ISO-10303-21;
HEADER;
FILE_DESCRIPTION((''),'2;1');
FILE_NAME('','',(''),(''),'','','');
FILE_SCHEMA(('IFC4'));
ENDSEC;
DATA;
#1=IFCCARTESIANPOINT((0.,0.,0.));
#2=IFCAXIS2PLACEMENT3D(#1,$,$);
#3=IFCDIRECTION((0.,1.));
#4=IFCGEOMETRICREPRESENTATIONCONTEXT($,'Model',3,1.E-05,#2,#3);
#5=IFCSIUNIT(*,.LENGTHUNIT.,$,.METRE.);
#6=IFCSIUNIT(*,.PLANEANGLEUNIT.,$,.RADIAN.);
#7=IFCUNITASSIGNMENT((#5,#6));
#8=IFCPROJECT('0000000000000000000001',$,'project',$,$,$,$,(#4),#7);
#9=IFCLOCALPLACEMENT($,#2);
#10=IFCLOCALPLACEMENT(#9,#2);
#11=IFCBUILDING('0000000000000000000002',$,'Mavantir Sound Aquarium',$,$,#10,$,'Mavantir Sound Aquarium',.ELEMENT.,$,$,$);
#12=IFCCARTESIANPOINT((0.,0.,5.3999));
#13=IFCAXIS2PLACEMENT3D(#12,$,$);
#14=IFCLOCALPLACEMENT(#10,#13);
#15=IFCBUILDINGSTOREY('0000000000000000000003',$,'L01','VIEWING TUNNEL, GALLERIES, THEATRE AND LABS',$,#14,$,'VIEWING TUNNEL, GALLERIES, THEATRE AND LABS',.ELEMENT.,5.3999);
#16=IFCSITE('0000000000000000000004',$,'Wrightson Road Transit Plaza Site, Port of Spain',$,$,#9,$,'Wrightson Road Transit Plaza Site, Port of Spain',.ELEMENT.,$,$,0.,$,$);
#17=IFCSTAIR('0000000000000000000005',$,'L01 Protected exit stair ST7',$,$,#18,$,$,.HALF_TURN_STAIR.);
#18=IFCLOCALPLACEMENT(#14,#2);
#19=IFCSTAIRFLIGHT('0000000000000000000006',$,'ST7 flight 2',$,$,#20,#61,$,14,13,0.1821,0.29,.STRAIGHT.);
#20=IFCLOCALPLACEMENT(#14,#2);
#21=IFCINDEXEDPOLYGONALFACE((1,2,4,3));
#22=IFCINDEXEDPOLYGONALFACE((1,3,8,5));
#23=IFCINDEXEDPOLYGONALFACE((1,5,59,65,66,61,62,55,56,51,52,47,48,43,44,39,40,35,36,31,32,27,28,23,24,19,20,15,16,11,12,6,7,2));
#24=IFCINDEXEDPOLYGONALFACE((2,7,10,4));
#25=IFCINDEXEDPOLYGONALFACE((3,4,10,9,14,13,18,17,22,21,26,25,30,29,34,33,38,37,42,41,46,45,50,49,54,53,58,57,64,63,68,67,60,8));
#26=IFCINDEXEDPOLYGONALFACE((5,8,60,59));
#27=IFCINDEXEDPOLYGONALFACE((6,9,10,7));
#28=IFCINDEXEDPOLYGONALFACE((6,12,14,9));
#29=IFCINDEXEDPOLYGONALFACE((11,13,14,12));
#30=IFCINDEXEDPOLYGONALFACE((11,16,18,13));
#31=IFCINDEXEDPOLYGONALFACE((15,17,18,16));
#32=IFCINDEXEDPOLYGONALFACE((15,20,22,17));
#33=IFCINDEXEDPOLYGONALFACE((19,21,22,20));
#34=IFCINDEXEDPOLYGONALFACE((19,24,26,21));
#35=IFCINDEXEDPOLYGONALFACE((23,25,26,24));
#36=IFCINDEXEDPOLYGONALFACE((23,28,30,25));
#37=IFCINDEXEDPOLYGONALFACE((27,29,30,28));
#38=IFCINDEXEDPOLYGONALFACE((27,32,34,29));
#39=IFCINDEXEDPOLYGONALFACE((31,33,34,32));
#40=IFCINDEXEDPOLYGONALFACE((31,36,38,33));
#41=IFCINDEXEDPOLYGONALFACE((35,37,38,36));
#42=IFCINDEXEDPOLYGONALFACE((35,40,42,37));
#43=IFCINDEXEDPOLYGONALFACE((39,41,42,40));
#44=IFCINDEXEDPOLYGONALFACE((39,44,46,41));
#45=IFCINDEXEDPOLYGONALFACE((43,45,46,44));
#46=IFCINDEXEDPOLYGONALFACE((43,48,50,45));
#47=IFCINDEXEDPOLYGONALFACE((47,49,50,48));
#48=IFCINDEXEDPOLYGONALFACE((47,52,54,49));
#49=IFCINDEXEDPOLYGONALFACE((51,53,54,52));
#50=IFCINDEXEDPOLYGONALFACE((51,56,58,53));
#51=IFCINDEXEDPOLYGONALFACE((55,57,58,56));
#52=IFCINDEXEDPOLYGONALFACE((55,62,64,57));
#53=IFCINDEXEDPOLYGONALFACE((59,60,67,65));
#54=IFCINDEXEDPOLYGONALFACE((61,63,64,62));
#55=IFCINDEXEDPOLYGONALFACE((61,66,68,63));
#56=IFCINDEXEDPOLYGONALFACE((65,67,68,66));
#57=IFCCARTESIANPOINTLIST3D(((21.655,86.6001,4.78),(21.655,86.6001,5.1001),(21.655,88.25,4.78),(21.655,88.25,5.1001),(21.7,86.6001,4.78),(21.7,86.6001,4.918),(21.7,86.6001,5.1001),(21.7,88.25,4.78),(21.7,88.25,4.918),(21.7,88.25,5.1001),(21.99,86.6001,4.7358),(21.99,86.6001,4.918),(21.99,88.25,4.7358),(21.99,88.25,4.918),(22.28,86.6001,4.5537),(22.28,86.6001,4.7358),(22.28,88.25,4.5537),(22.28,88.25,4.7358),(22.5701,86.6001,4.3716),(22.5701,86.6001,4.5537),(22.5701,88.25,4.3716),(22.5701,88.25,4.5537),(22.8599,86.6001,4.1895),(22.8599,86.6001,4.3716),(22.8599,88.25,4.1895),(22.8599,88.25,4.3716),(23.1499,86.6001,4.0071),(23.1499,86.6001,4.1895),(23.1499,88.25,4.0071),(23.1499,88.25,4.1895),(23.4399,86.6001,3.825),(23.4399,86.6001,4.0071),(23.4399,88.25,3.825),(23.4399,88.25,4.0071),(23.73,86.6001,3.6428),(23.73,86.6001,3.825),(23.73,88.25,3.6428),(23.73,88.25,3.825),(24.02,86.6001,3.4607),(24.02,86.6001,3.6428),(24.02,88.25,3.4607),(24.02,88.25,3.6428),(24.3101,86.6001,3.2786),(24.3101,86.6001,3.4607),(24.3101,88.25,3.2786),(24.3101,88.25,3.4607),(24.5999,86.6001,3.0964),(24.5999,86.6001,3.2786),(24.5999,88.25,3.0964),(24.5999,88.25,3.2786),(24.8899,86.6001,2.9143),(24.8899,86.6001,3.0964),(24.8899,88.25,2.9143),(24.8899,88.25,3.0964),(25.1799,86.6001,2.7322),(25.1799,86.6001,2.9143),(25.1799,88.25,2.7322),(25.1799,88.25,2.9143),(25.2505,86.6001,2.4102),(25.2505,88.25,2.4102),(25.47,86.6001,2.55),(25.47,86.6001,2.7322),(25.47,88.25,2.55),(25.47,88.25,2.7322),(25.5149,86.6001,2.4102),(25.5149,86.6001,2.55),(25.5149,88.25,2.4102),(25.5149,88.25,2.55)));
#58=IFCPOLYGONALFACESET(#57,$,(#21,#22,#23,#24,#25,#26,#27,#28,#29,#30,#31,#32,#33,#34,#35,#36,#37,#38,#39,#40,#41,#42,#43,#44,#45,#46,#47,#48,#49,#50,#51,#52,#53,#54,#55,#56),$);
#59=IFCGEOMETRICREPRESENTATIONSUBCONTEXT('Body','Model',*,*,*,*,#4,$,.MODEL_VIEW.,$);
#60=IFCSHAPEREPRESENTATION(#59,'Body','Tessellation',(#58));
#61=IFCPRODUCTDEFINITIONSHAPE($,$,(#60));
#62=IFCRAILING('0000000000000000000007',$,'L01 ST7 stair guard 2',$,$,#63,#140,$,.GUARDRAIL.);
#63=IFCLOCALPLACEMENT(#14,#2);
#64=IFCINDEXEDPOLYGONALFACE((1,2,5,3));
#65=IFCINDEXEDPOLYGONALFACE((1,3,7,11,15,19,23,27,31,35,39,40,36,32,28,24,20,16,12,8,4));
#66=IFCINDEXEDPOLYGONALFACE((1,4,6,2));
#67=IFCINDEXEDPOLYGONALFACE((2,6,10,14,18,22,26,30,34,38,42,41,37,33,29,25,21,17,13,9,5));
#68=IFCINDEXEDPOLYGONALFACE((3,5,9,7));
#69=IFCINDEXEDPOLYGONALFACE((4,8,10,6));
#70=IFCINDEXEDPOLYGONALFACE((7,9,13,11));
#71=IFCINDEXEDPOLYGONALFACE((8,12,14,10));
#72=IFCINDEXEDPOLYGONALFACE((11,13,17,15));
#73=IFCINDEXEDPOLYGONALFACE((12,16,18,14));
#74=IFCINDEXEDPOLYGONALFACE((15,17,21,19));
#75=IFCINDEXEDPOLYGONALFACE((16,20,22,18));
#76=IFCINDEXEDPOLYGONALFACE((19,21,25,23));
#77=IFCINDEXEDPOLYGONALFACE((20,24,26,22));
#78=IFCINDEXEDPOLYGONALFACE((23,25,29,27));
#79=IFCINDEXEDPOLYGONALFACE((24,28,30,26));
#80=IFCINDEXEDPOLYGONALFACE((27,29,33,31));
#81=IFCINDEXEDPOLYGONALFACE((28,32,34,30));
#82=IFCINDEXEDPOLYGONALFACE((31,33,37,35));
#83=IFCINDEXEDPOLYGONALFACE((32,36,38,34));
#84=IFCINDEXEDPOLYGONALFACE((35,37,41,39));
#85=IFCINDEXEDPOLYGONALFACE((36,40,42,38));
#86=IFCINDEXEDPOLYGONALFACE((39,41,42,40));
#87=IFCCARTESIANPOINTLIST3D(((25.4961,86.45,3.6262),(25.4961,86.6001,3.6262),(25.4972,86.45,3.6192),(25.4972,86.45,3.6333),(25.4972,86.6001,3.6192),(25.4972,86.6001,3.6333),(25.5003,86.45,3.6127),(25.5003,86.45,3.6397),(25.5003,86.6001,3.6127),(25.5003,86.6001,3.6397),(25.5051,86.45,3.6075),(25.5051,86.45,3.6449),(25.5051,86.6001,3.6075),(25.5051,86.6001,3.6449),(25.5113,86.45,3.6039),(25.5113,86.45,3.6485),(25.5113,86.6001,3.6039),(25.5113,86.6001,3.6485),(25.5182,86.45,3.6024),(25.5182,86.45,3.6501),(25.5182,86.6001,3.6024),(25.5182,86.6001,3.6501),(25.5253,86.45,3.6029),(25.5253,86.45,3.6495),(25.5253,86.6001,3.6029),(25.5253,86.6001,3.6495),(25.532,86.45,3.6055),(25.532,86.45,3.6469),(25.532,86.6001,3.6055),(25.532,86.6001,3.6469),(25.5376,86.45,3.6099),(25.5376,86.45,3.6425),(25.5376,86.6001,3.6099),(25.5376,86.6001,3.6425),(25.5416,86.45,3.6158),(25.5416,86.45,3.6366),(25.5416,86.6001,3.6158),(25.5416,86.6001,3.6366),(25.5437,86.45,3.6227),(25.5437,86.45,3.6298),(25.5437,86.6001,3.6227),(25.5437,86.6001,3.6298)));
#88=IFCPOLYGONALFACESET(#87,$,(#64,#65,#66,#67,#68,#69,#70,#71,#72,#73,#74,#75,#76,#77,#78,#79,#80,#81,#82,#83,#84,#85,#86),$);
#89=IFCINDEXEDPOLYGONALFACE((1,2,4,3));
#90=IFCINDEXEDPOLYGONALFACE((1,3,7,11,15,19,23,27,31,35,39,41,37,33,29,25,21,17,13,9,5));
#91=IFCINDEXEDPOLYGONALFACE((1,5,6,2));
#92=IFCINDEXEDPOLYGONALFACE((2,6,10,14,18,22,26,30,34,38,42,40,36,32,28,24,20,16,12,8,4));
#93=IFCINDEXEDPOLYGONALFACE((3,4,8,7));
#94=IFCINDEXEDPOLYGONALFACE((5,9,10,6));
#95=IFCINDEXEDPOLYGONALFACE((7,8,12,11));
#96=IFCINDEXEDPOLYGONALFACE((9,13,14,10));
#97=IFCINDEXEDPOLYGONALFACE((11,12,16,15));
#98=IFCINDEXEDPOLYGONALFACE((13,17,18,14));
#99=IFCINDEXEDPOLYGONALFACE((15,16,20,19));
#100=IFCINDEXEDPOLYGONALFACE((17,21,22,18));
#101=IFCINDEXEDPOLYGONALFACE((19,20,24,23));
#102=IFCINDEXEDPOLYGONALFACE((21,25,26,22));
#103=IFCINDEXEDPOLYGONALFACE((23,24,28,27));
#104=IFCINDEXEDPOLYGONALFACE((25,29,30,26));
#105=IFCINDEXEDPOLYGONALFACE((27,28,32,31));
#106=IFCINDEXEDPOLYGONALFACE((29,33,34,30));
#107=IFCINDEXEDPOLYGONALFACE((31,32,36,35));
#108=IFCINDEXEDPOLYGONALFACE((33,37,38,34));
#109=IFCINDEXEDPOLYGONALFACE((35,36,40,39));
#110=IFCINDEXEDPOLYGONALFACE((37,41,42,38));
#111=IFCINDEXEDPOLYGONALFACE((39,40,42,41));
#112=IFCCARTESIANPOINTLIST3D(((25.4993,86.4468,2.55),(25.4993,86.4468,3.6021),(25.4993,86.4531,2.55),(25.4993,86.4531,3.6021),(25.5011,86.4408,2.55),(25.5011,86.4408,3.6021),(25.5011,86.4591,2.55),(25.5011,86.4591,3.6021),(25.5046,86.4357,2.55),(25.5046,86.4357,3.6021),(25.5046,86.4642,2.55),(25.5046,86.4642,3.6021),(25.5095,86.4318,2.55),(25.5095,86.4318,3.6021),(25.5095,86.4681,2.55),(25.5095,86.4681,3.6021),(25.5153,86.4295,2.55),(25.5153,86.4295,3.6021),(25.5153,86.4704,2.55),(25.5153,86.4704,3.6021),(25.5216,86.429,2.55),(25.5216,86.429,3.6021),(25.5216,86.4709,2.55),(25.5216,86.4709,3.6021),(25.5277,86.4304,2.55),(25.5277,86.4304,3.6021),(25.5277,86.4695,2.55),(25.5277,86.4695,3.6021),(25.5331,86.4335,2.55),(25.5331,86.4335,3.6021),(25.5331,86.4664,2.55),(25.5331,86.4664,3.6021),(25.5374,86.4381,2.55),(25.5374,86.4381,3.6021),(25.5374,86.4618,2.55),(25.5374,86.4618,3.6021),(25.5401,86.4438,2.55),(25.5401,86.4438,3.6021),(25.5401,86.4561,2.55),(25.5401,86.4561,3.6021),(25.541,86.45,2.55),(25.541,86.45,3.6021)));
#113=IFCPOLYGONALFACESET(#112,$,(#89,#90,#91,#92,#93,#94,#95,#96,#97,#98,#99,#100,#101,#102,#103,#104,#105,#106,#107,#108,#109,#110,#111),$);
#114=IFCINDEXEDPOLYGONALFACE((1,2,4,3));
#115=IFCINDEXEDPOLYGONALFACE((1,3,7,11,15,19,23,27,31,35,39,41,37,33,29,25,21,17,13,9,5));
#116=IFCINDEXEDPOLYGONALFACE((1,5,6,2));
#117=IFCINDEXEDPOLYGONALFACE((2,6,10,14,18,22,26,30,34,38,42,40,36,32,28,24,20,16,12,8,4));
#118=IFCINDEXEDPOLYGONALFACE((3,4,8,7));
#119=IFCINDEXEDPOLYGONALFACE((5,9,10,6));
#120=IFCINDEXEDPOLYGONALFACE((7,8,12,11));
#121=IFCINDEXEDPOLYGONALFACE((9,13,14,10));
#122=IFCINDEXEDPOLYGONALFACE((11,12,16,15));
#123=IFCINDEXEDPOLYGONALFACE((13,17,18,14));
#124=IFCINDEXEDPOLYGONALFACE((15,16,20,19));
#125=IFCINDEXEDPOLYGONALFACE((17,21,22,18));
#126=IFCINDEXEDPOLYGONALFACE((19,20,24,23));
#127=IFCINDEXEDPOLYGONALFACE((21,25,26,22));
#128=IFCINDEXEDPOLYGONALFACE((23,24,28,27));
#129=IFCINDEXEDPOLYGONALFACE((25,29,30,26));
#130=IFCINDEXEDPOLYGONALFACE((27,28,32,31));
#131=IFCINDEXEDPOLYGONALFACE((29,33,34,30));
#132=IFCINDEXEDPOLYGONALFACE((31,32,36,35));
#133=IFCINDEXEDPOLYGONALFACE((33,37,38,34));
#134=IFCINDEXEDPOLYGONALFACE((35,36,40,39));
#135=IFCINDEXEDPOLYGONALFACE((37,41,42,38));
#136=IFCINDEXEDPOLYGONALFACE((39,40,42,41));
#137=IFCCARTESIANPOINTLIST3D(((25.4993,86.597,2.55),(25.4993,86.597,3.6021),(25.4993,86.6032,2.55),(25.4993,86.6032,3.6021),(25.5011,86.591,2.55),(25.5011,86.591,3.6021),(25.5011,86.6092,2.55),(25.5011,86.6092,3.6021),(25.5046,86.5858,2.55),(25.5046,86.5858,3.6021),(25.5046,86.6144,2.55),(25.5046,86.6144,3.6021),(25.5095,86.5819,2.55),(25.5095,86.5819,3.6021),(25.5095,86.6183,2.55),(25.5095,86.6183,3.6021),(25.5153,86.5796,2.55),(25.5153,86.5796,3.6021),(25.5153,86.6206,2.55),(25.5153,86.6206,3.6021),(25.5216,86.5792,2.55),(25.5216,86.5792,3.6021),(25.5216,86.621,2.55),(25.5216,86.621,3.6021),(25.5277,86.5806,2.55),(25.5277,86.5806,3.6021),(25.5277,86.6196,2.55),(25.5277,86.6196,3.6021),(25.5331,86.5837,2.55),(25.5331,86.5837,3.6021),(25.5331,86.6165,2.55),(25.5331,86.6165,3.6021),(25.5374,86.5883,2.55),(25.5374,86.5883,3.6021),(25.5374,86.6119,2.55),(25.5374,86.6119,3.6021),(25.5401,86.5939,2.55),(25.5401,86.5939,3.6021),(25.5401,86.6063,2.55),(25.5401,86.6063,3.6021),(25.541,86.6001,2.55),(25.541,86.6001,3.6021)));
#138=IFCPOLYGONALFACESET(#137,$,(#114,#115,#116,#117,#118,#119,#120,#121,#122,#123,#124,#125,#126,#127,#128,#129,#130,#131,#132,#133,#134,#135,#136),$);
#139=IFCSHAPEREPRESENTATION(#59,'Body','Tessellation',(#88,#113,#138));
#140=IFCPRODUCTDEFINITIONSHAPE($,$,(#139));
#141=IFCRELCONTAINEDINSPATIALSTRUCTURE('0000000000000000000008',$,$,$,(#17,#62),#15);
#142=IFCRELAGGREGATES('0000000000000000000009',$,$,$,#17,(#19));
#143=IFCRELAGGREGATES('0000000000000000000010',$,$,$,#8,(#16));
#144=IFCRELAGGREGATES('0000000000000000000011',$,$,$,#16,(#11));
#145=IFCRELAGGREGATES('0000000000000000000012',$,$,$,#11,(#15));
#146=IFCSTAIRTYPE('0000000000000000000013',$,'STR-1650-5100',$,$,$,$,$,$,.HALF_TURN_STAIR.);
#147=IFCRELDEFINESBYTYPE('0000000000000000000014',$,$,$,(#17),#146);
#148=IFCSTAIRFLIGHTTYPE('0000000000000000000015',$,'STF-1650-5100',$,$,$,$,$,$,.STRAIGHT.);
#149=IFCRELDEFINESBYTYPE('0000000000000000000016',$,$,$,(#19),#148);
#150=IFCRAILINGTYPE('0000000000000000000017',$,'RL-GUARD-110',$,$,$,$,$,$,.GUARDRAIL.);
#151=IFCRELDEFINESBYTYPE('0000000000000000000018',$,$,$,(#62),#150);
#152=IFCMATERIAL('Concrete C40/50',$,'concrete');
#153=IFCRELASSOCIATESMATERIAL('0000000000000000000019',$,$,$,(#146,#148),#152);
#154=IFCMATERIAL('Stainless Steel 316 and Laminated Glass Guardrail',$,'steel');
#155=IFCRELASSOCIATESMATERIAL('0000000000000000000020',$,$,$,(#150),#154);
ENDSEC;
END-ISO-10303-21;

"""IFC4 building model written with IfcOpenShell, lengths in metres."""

from ifc_helpers import new_model, si_unit, direction, frame, origin, origin_2d, place, context, subcontext, project, spatial, polyline, circle, outline, extrude, material, type_object, element, aggregate, save


model = new_model("IFC4")

# Units and contexts
model_context = context("Model", 3, precision=1e-05, world=origin(), true_north=direction((0.0, 1.0)))
body_context = subcontext(model_context, "Body", "Model", "MODEL_VIEW")
ifc_project = project(units=[si_unit("LENGTHUNIT", "METRE"), si_unit("PLANEANGLEUNIT", "RADIAN")], contexts=[model_context])

# Site, building, storey
site_placement = place(None, origin())
site = spatial("IfcSite", under=ifc_project, at=site_placement, Name="Wrightson Road Transit Plaza Site, Port of Spain", LongName="Wrightson Road Transit Plaza Site, Port of Spain", CompositionType="ELEMENT", RefElevation=0.0)
building_placement = place(site_placement, origin())
building = spatial("IfcBuilding", under=site, at=building_placement, Name="Mavantir Sound Aquarium", LongName="Mavantir Sound Aquarium", CompositionType="ELEMENT")
storey_placement = place(building_placement, frame((0.0, 0.0, 5.3999)))
storey = spatial("IfcBuildingStorey", under=building, at=storey_placement, Name="L01", Description="VIEWING TUNNEL, GALLERIES, THEATRE AND LABS", LongName="VIEWING TUNNEL, GALLERIES, THEATRE AND LABS", CompositionType="ELEMENT", Elevation=5.3999)

# Shared definitions
ifc_material_1 = material(Name="Concrete C40/50", Category="concrete")

# Stair, stair flight
stair_type = type_object("IfcStairType", Name="STR-1650-5100", PredefinedType="HALF_TURN_STAIR", material=ifc_material_1)
stair_placement = place(storey_placement, origin())
stair = element("IfcStair", 1, at=stair_placement, inside=storey, type_object=stair_type, Name="L01 Protected exit stair ST7", PredefinedType="HALF_TURN_STAIR")
stair_flight_type = type_object("IfcStairFlightType", Name="STF-1650-5100", PredefinedType="STRAIGHT", material=ifc_material_1)
stair_flight_placement = place(storey_placement, frame((25.47, 87.425, 2.55), z_axis=(0.0, 0.0, 1.0), x_axis=(-1.0, 0.0, 0.0)))
stair_flight = element("IfcStairFlight", 2, at=stair_flight_placement, type_object=stair_flight_type, Name="ST7 flight 2", NumberOfRisers=14, NumberOfTreads=13, PredefinedType="STRAIGHT", RiserHeight=0.1821, TreadLength=0.29, context=body_context, shape_type="SweptSolid", body=[
    extrude(outline(polyline([(-0.0449, -0.1399), (-0.0449, 0.0), (0.0, 0.0), (0.0, 0.1821), (0.29, 0.1821), (0.29, 0.3643), (0.5801, 0.3643), (0.5801, 0.5464), (0.8701, 0.5464), (0.8701, 0.7285), (1.1599, 0.7285), (1.1599, 0.9106), (1.45, 0.9106), (1.45, 1.0928), (1.74, 1.0928), (1.74, 1.2749), (2.03, 1.2749), (2.03, 1.457), (2.3201, 1.457), (2.3201, 1.6394), (2.6101, 1.6394), (2.6101, 1.8215), (2.8999, 1.8215), (2.8999, 2.0037), (3.1899, 2.0037), (3.1899, 2.1858), (3.48, 2.1858), (3.48, 2.3679), (3.77, 2.3679), (3.77, 2.55), (3.8149, 2.55), (3.8149, 2.23), (3.77, 2.23), (0.2195, -0.1399), (-0.0449, -0.1399)])), frame((0.0, 0.825, 0.0), z_axis=(0.0, -1.0, 0.0), x_axis=(1.0, 0.0, 0.0)), (0.0, 0.0, 1.0), 1.6499),
])
aggregate(stair, [stair_flight])

# Railing
ifc_material_2 = material(Name="Stainless Steel 316 and Laminated Glass Guardrail", Category="steel")
railing_type_1 = type_object("IfcRailingType", Name="RL-GUARD-110", PredefinedType="GUARDRAIL", material=ifc_material_2)
railing_1_placement = place(storey_placement, frame((25.52, 86.45, 2.55)))
element("IfcRailing", 3, at=railing_1_placement, inside=storey, type_object=railing_type_1, Name="L01 ST7 stair guard 2", PredefinedType="GUARDRAIL", context=body_context, shape_type="SweptSolid", body=[
    extrude(circle(Radius=0.0239, at=origin_2d()), frame((0.0, 0.0, 1.0762), z_axis=(0.0, 1.0, 0.0), x_axis=(-1.0, 0.0, 0.0)), (0.0, 0.0, 1.0), 0.1501),
    extrude(circle(Radius=0.021, at=origin_2d()), origin(), (0.0, 0.0, 1.0), 1.052),
    extrude(circle(Radius=0.021, at=origin_2d()), frame((0.0, 0.1501, 0.0)), (0.0, 0.0, 1.0), 1.052),
])

save(model, "model.ifc")
